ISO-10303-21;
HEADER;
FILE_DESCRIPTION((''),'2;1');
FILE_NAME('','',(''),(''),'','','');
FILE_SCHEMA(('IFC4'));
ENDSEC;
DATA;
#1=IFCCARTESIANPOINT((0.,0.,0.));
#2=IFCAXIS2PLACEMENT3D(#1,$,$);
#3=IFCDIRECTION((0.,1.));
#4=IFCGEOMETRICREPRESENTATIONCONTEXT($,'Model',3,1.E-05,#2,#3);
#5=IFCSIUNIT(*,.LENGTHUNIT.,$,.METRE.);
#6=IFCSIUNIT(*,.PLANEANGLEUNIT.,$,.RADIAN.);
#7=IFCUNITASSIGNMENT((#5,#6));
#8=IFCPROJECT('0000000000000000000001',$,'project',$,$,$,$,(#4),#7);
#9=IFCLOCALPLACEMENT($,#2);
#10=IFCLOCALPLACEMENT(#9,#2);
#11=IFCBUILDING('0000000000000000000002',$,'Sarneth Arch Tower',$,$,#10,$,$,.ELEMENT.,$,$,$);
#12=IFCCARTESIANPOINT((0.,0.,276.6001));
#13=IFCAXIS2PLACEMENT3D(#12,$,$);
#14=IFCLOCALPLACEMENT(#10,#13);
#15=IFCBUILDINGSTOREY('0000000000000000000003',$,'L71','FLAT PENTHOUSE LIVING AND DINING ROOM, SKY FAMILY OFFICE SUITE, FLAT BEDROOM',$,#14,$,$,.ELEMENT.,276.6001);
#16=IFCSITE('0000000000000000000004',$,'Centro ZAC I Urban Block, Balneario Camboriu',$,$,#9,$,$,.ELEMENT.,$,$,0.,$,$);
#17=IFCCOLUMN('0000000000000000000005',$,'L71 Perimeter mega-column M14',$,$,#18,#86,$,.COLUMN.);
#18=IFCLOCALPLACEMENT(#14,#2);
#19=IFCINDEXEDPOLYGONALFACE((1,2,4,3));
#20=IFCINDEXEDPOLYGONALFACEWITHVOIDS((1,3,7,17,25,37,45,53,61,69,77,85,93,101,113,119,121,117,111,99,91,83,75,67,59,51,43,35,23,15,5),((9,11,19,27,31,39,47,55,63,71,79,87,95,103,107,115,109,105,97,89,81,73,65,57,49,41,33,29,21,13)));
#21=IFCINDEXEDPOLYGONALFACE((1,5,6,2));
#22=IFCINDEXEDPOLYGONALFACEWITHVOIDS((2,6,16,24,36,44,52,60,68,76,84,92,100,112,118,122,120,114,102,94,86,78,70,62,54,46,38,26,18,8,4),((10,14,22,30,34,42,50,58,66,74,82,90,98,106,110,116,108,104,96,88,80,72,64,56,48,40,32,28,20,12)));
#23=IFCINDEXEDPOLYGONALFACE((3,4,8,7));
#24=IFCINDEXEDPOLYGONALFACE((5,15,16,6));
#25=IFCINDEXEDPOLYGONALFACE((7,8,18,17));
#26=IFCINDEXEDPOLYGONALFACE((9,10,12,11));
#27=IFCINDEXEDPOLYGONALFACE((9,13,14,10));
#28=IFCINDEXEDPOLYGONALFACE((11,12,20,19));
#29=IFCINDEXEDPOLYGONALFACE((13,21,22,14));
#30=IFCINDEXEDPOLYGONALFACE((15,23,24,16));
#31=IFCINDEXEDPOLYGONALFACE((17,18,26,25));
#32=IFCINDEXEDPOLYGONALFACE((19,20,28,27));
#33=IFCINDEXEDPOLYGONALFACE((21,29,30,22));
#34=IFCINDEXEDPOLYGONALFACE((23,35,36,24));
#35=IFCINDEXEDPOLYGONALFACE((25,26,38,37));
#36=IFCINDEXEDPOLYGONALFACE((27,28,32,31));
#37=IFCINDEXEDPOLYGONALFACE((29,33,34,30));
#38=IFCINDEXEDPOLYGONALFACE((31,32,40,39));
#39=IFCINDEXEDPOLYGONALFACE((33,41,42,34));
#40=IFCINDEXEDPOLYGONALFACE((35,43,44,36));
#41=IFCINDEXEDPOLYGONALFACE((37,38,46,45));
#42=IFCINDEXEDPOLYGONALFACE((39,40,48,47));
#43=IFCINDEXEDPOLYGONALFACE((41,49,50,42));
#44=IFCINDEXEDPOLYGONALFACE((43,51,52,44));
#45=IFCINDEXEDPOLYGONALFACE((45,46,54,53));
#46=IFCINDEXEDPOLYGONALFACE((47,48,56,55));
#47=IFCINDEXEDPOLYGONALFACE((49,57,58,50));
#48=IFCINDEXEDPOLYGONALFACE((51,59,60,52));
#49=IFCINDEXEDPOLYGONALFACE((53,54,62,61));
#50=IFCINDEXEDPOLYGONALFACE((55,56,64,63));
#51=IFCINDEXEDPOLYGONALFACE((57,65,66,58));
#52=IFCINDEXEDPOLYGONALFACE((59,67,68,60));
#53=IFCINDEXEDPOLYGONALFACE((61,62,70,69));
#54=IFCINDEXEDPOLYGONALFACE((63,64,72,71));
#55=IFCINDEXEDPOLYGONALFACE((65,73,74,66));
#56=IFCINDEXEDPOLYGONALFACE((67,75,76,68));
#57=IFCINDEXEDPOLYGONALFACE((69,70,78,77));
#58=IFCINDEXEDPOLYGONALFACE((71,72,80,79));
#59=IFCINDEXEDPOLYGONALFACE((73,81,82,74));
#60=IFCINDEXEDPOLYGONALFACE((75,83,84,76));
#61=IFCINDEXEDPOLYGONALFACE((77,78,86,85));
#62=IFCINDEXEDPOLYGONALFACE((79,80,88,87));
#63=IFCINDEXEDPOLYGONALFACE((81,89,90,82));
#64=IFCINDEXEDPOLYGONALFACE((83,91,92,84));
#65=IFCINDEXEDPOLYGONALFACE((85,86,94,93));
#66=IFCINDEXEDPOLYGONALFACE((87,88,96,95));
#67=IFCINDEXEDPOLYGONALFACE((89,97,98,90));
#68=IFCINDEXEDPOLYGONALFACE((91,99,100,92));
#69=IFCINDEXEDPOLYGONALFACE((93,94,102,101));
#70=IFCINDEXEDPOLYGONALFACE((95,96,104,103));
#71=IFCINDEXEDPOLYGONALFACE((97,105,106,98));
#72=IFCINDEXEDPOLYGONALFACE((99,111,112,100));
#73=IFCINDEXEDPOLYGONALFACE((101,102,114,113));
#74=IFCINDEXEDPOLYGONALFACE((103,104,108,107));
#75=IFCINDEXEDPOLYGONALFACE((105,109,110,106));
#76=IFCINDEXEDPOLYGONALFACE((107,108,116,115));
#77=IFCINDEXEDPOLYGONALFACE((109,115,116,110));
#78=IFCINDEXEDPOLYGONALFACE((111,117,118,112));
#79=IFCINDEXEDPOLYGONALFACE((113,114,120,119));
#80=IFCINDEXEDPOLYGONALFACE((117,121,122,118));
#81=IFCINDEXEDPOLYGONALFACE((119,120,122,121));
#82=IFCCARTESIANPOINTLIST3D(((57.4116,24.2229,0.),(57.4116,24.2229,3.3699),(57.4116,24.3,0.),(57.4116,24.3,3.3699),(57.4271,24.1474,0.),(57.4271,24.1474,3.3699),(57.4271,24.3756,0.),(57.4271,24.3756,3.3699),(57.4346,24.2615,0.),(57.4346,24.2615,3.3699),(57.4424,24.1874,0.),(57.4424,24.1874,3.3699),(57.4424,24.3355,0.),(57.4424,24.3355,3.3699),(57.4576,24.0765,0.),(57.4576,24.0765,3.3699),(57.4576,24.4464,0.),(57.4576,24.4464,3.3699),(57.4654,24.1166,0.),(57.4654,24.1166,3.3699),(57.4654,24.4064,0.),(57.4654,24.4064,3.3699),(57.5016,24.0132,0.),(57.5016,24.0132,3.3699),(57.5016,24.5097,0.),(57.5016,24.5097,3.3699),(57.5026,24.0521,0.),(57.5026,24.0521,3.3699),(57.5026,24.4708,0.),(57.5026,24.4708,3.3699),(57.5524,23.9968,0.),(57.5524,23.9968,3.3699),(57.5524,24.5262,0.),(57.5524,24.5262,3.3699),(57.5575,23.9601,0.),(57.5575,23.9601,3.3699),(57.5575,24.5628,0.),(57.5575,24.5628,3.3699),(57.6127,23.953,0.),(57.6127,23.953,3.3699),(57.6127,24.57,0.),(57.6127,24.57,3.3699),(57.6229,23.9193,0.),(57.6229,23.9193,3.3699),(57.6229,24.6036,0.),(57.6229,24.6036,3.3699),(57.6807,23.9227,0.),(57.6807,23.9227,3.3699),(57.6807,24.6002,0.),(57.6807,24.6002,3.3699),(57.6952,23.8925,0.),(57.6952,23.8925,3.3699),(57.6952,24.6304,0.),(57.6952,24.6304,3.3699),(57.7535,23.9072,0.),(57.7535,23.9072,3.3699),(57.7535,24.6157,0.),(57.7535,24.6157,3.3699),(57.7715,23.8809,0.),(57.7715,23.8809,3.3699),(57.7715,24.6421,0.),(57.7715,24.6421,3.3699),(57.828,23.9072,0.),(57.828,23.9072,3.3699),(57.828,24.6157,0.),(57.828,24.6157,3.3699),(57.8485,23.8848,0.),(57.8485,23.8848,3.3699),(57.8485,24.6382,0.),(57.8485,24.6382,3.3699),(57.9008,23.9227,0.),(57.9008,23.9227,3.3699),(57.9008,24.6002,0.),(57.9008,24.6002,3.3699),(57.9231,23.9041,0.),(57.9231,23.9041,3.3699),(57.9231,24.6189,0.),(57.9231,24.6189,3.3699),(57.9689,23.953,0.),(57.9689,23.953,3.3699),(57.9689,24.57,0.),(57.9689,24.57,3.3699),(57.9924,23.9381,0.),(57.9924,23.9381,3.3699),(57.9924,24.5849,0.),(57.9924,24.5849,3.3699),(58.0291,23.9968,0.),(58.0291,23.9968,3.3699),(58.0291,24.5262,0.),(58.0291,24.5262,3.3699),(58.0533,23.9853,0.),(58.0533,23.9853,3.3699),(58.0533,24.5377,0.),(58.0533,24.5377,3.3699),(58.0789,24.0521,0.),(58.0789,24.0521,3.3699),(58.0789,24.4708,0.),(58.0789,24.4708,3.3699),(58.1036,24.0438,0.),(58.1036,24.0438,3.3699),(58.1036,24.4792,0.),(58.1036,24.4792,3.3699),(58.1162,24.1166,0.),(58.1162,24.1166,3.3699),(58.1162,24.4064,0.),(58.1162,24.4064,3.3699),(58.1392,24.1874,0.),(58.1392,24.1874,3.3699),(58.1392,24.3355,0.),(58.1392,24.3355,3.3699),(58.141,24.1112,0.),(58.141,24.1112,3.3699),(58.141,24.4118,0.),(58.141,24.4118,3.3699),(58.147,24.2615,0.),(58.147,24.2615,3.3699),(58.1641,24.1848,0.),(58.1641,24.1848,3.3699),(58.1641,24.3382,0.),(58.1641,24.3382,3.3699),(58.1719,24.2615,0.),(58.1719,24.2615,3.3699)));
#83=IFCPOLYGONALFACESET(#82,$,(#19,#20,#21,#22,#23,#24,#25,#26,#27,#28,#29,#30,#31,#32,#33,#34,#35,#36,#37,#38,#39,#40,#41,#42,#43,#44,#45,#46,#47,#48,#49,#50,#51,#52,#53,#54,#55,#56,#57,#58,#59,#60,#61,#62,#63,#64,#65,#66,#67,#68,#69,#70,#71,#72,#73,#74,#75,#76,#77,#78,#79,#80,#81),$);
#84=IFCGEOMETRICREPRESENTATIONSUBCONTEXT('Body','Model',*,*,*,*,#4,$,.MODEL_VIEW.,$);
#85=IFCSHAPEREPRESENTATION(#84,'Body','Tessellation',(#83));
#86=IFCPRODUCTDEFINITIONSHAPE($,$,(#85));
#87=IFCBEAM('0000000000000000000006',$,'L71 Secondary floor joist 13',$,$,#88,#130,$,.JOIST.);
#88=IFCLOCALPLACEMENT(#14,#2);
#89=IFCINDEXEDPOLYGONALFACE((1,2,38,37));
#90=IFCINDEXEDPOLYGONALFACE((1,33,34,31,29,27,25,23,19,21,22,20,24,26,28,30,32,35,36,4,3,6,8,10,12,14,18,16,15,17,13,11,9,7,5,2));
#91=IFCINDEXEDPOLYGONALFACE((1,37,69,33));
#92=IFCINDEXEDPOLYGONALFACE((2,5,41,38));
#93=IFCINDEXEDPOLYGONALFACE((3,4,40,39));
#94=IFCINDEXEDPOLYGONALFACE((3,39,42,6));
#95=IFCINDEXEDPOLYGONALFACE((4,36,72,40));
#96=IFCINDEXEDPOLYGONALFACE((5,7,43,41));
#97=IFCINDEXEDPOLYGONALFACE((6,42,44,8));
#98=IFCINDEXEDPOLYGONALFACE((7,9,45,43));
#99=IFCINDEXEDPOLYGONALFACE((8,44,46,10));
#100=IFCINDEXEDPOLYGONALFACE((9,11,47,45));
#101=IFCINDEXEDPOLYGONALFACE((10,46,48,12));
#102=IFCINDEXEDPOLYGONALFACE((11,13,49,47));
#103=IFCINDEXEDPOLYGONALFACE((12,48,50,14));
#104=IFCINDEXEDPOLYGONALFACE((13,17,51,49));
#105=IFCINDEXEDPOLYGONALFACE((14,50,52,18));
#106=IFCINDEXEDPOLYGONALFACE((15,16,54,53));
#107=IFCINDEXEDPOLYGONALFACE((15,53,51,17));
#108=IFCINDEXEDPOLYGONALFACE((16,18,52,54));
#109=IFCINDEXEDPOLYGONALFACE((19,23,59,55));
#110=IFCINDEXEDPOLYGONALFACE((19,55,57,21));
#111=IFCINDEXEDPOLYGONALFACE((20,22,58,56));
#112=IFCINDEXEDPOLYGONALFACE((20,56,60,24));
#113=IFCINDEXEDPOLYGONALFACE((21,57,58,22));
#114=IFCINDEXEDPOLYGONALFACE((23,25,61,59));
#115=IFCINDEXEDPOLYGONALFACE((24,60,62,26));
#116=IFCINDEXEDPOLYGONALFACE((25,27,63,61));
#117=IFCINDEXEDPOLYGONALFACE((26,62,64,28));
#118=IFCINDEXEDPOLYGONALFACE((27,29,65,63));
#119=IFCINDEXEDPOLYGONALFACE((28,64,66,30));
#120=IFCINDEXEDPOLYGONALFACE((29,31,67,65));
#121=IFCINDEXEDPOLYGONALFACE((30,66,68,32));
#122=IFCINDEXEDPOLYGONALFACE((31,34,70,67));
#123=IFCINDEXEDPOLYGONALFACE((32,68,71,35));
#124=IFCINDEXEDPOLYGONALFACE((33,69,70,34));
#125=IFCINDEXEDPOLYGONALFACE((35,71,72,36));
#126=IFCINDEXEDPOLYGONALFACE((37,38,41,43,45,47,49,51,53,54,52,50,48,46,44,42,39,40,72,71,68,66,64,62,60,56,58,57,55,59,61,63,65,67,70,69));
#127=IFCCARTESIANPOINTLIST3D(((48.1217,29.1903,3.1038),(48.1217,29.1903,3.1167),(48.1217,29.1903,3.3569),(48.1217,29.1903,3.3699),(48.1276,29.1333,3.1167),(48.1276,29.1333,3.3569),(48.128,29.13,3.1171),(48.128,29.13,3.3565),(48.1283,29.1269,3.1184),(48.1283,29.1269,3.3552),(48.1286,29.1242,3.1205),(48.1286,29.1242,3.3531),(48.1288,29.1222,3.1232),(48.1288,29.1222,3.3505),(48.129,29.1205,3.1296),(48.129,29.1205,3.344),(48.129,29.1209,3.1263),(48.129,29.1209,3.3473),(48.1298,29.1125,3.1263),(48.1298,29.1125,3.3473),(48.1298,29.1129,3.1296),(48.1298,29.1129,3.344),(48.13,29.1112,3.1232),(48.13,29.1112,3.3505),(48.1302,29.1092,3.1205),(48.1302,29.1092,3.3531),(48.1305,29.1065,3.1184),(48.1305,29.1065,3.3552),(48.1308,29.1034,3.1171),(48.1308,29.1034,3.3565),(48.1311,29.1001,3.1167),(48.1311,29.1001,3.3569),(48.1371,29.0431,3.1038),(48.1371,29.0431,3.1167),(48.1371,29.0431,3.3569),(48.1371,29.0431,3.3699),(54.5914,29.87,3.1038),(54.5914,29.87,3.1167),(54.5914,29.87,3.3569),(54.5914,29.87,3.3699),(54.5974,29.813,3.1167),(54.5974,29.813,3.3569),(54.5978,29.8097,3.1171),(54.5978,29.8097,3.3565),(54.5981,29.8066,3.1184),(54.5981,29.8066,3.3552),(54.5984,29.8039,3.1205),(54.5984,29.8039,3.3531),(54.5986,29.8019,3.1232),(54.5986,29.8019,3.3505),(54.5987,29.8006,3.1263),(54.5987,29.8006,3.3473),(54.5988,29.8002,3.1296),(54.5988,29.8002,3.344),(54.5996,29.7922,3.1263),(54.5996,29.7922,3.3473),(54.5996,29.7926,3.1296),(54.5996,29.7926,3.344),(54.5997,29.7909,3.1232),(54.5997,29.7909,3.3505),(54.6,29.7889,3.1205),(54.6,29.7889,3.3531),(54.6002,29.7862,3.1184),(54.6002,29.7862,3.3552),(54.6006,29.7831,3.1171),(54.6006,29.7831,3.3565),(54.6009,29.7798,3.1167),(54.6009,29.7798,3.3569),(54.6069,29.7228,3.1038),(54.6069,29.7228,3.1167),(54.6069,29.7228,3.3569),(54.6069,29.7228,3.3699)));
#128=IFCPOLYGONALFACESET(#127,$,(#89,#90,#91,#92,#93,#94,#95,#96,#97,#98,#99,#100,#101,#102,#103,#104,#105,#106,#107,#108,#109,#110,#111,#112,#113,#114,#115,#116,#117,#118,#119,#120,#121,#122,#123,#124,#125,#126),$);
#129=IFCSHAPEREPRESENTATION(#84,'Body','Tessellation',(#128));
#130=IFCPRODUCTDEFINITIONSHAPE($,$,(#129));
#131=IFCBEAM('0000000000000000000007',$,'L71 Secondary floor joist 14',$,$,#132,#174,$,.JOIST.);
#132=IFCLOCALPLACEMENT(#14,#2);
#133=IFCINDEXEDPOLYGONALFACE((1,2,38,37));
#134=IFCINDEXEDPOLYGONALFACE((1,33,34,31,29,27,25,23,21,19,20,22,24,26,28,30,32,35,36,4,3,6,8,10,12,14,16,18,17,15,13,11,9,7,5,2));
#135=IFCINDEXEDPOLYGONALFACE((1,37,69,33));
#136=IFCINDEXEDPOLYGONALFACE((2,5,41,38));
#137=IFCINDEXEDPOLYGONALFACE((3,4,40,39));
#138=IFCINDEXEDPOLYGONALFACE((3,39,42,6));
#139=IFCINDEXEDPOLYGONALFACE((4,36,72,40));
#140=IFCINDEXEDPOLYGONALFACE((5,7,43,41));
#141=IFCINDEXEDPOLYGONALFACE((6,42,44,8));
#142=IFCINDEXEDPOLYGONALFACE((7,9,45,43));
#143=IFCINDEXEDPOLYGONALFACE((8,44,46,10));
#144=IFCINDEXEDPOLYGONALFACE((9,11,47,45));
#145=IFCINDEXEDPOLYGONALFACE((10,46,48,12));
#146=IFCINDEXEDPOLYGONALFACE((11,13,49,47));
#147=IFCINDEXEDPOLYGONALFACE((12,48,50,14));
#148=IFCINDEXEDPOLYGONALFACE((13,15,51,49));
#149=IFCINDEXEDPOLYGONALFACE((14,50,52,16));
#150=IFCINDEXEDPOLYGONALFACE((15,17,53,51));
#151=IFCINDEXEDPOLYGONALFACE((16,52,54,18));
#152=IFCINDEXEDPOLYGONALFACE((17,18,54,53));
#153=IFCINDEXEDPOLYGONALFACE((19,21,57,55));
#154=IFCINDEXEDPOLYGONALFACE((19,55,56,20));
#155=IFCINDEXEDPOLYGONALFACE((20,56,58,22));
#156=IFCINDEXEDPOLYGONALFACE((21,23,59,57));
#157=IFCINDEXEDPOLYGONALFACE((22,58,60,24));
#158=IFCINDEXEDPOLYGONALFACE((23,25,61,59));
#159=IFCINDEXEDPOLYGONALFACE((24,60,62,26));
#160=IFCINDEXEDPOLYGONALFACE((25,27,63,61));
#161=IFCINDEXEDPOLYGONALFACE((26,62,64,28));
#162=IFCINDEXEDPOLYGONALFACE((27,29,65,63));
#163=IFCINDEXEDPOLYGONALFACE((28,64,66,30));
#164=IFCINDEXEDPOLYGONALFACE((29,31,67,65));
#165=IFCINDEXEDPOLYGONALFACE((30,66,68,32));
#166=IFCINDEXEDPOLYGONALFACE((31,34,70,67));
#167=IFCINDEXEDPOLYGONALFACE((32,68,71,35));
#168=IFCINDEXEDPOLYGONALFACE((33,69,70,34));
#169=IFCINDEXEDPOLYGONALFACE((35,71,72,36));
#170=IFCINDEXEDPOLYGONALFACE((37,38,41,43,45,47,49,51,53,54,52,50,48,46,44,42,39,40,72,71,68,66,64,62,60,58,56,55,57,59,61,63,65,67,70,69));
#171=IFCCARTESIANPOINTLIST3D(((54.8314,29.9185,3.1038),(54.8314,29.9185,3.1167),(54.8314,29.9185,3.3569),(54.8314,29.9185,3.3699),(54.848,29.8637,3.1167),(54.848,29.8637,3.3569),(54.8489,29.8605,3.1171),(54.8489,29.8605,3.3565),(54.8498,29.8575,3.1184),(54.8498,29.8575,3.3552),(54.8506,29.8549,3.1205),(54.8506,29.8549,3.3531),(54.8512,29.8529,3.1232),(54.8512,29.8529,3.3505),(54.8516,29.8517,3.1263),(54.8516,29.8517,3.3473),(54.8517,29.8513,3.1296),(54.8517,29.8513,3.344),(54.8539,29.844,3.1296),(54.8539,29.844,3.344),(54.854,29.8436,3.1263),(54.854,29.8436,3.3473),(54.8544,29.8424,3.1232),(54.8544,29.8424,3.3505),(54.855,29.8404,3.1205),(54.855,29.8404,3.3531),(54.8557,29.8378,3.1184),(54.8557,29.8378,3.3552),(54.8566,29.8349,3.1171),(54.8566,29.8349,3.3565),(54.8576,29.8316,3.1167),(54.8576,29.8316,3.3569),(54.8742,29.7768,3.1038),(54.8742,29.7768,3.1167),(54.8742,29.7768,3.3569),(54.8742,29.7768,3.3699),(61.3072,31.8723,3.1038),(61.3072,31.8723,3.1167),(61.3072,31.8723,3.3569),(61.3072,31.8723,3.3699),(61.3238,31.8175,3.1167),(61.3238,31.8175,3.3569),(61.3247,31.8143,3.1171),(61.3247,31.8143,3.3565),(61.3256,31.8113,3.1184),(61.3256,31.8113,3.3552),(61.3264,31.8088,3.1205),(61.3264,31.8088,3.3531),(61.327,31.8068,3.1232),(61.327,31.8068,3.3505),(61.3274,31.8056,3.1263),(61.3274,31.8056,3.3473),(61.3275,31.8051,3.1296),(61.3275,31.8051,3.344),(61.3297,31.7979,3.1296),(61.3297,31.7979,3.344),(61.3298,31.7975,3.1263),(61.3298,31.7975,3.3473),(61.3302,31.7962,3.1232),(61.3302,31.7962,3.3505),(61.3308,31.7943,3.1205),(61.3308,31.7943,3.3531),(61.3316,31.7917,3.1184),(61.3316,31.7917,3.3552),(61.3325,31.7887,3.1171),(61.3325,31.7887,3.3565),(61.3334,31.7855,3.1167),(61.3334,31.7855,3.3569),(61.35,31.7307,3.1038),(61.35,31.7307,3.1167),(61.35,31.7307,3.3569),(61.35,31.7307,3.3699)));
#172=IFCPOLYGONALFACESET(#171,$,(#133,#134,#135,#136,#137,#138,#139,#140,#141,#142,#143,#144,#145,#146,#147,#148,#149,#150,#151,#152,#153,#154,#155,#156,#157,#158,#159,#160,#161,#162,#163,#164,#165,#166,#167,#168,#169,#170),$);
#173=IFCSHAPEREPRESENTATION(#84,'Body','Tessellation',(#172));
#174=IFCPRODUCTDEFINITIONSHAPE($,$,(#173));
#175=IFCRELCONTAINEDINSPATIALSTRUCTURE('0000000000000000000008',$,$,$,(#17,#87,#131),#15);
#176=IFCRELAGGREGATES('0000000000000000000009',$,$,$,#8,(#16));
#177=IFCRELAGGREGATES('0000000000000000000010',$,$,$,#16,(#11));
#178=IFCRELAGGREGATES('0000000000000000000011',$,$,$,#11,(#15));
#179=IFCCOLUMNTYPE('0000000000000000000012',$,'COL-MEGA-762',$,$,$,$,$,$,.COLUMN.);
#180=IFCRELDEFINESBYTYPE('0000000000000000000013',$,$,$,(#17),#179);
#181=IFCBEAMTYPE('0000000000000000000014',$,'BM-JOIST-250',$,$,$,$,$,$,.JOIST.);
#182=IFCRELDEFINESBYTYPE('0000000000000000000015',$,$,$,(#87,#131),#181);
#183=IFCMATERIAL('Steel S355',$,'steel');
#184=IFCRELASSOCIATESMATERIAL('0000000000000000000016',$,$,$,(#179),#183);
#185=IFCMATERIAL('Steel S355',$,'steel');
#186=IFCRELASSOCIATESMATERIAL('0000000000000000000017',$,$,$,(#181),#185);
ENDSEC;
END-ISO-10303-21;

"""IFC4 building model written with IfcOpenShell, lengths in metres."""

from ifc_helpers import new_model, si_unit, direction, frame, origin, origin_2d, place, context, subcontext, project, spatial, hollow_circle, i_section, extrude, material, material_profile, profile_set, type_object, element, save


model = new_model("IFC4")

# Units and contexts
model_context = context("Model", 3, precision=1e-05, world=origin(), true_north=direction((0.0, 1.0)))
body_context = subcontext(model_context, "Body", "Model", "MODEL_VIEW")
ifc_project = project(units=[si_unit("LENGTHUNIT", "METRE"), si_unit("PLANEANGLEUNIT", "RADIAN")], contexts=[model_context])

# Site, building, storey
site_placement = place(None, origin())
site = spatial("IfcSite", under=ifc_project, at=site_placement, Name="Centro ZAC I Urban Block, Balneario Camboriu", CompositionType="ELEMENT", RefElevation=0.0)
building_placement = place(site_placement, origin())
building = spatial("IfcBuilding", under=site, at=building_placement, Name="Sarneth Arch Tower", CompositionType="ELEMENT")
storey_placement = place(building_placement, frame((0.0, 0.0, 276.6001)))
storey = spatial("IfcBuildingStorey", under=building, at=storey_placement, Name="L71", Description="FLAT PENTHOUSE LIVING AND DINING ROOM, SKY FAMILY OFFICE SUITE, FLAT BEDROOM", CompositionType="ELEMENT", Elevation=276.6001)

# Column
ifc_material_1 = material(Name="Steel S355", Category="steel")
ifc_material_profile_1 = material_profile(ifc_material_1, hollow_circle(Radius=0.3811, WallThickness=0.0249, at=origin_2d()), Name="CHS762x25")
ifc_profile_set_1 = profile_set([ifc_material_profile_1], Name="Steel S355")
column_type = type_object("IfcColumnType", Name="COL-MEGA-762", PredefinedType="COLUMN", material=ifc_profile_set_1)
column_placement = place(storey_placement, frame((57.7908, 24.2615, 0.0), z_axis=(0.0, 0.0, 1.0), x_axis=(1.0, 0.0, 0.0)))
element("IfcColumn", 1, at=column_placement, inside=storey, type_object=column_type, Name="L71 Perimeter mega-column M14", PredefinedType="COLUMN", context=body_context, shape_type="SweptSolid", body=[
    extrude(hollow_circle(Radius=0.3811, WallThickness=0.0249, at=origin_2d()), origin(), (0.0, 0.0, 1.0), 3.3699),
])

# Beams
ifc_material_2 = material(Name="Steel S355", Category="steel")
ifc_material_profile_2 = material_profile(ifc_material_2, i_section(OverallWidth=0.1479, OverallDepth=0.2661, WebThickness=0.0076, FlangeThickness=0.0129, FilletRadius=0.0129, at=origin_2d()), Name="W250x44.8")
ifc_profile_set_2 = profile_set([ifc_material_profile_2], Name="Steel S355")
beam_type_1 = type_object("IfcBeamType", Name="BM-JOIST-250", PredefinedType="JOIST", material=ifc_profile_set_2)
beam_1_placement = place(storey_placement, frame((48.1294, 29.1167, 3.2368), z_axis=(0.994527, 0.104482, 0.0), x_axis=(-0.104482, 0.994527, 0.0)))
element("IfcBeam", 2, at=beam_1_placement, inside=storey, type_object=beam_type_1, Name="L71 Secondary floor joist 13", PredefinedType="JOIST", context=body_context, shape_type="SweptSolid", body=[
    extrude(i_section(OverallWidth=0.1479, OverallDepth=0.2661, WebThickness=0.0076, FlangeThickness=0.0129, FilletRadius=0.0129, at=origin_2d()), origin(), (0.0, 0.0, 1.0), 6.5054),
])
beam_2_placement = place(storey_placement, frame((54.8528, 29.8477, 3.2368), z_axis=(0.957373, 0.288854, 0.0), x_axis=(-0.288854, 0.957373, 0.0)))
element("IfcBeam", 3, at=beam_2_placement, inside=storey, type_object=beam_type_1, Name="L71 Secondary floor joist 14", PredefinedType="JOIST", context=body_context, shape_type="SweptSolid", body=[
    extrude(i_section(OverallWidth=0.1479, OverallDepth=0.2661, WebThickness=0.0076, FlangeThickness=0.0129, FilletRadius=0.0129, at=origin_2d()), origin(), (0.0, 0.0, 1.0), 6.7642),
])

save(model, "model.ifc")
